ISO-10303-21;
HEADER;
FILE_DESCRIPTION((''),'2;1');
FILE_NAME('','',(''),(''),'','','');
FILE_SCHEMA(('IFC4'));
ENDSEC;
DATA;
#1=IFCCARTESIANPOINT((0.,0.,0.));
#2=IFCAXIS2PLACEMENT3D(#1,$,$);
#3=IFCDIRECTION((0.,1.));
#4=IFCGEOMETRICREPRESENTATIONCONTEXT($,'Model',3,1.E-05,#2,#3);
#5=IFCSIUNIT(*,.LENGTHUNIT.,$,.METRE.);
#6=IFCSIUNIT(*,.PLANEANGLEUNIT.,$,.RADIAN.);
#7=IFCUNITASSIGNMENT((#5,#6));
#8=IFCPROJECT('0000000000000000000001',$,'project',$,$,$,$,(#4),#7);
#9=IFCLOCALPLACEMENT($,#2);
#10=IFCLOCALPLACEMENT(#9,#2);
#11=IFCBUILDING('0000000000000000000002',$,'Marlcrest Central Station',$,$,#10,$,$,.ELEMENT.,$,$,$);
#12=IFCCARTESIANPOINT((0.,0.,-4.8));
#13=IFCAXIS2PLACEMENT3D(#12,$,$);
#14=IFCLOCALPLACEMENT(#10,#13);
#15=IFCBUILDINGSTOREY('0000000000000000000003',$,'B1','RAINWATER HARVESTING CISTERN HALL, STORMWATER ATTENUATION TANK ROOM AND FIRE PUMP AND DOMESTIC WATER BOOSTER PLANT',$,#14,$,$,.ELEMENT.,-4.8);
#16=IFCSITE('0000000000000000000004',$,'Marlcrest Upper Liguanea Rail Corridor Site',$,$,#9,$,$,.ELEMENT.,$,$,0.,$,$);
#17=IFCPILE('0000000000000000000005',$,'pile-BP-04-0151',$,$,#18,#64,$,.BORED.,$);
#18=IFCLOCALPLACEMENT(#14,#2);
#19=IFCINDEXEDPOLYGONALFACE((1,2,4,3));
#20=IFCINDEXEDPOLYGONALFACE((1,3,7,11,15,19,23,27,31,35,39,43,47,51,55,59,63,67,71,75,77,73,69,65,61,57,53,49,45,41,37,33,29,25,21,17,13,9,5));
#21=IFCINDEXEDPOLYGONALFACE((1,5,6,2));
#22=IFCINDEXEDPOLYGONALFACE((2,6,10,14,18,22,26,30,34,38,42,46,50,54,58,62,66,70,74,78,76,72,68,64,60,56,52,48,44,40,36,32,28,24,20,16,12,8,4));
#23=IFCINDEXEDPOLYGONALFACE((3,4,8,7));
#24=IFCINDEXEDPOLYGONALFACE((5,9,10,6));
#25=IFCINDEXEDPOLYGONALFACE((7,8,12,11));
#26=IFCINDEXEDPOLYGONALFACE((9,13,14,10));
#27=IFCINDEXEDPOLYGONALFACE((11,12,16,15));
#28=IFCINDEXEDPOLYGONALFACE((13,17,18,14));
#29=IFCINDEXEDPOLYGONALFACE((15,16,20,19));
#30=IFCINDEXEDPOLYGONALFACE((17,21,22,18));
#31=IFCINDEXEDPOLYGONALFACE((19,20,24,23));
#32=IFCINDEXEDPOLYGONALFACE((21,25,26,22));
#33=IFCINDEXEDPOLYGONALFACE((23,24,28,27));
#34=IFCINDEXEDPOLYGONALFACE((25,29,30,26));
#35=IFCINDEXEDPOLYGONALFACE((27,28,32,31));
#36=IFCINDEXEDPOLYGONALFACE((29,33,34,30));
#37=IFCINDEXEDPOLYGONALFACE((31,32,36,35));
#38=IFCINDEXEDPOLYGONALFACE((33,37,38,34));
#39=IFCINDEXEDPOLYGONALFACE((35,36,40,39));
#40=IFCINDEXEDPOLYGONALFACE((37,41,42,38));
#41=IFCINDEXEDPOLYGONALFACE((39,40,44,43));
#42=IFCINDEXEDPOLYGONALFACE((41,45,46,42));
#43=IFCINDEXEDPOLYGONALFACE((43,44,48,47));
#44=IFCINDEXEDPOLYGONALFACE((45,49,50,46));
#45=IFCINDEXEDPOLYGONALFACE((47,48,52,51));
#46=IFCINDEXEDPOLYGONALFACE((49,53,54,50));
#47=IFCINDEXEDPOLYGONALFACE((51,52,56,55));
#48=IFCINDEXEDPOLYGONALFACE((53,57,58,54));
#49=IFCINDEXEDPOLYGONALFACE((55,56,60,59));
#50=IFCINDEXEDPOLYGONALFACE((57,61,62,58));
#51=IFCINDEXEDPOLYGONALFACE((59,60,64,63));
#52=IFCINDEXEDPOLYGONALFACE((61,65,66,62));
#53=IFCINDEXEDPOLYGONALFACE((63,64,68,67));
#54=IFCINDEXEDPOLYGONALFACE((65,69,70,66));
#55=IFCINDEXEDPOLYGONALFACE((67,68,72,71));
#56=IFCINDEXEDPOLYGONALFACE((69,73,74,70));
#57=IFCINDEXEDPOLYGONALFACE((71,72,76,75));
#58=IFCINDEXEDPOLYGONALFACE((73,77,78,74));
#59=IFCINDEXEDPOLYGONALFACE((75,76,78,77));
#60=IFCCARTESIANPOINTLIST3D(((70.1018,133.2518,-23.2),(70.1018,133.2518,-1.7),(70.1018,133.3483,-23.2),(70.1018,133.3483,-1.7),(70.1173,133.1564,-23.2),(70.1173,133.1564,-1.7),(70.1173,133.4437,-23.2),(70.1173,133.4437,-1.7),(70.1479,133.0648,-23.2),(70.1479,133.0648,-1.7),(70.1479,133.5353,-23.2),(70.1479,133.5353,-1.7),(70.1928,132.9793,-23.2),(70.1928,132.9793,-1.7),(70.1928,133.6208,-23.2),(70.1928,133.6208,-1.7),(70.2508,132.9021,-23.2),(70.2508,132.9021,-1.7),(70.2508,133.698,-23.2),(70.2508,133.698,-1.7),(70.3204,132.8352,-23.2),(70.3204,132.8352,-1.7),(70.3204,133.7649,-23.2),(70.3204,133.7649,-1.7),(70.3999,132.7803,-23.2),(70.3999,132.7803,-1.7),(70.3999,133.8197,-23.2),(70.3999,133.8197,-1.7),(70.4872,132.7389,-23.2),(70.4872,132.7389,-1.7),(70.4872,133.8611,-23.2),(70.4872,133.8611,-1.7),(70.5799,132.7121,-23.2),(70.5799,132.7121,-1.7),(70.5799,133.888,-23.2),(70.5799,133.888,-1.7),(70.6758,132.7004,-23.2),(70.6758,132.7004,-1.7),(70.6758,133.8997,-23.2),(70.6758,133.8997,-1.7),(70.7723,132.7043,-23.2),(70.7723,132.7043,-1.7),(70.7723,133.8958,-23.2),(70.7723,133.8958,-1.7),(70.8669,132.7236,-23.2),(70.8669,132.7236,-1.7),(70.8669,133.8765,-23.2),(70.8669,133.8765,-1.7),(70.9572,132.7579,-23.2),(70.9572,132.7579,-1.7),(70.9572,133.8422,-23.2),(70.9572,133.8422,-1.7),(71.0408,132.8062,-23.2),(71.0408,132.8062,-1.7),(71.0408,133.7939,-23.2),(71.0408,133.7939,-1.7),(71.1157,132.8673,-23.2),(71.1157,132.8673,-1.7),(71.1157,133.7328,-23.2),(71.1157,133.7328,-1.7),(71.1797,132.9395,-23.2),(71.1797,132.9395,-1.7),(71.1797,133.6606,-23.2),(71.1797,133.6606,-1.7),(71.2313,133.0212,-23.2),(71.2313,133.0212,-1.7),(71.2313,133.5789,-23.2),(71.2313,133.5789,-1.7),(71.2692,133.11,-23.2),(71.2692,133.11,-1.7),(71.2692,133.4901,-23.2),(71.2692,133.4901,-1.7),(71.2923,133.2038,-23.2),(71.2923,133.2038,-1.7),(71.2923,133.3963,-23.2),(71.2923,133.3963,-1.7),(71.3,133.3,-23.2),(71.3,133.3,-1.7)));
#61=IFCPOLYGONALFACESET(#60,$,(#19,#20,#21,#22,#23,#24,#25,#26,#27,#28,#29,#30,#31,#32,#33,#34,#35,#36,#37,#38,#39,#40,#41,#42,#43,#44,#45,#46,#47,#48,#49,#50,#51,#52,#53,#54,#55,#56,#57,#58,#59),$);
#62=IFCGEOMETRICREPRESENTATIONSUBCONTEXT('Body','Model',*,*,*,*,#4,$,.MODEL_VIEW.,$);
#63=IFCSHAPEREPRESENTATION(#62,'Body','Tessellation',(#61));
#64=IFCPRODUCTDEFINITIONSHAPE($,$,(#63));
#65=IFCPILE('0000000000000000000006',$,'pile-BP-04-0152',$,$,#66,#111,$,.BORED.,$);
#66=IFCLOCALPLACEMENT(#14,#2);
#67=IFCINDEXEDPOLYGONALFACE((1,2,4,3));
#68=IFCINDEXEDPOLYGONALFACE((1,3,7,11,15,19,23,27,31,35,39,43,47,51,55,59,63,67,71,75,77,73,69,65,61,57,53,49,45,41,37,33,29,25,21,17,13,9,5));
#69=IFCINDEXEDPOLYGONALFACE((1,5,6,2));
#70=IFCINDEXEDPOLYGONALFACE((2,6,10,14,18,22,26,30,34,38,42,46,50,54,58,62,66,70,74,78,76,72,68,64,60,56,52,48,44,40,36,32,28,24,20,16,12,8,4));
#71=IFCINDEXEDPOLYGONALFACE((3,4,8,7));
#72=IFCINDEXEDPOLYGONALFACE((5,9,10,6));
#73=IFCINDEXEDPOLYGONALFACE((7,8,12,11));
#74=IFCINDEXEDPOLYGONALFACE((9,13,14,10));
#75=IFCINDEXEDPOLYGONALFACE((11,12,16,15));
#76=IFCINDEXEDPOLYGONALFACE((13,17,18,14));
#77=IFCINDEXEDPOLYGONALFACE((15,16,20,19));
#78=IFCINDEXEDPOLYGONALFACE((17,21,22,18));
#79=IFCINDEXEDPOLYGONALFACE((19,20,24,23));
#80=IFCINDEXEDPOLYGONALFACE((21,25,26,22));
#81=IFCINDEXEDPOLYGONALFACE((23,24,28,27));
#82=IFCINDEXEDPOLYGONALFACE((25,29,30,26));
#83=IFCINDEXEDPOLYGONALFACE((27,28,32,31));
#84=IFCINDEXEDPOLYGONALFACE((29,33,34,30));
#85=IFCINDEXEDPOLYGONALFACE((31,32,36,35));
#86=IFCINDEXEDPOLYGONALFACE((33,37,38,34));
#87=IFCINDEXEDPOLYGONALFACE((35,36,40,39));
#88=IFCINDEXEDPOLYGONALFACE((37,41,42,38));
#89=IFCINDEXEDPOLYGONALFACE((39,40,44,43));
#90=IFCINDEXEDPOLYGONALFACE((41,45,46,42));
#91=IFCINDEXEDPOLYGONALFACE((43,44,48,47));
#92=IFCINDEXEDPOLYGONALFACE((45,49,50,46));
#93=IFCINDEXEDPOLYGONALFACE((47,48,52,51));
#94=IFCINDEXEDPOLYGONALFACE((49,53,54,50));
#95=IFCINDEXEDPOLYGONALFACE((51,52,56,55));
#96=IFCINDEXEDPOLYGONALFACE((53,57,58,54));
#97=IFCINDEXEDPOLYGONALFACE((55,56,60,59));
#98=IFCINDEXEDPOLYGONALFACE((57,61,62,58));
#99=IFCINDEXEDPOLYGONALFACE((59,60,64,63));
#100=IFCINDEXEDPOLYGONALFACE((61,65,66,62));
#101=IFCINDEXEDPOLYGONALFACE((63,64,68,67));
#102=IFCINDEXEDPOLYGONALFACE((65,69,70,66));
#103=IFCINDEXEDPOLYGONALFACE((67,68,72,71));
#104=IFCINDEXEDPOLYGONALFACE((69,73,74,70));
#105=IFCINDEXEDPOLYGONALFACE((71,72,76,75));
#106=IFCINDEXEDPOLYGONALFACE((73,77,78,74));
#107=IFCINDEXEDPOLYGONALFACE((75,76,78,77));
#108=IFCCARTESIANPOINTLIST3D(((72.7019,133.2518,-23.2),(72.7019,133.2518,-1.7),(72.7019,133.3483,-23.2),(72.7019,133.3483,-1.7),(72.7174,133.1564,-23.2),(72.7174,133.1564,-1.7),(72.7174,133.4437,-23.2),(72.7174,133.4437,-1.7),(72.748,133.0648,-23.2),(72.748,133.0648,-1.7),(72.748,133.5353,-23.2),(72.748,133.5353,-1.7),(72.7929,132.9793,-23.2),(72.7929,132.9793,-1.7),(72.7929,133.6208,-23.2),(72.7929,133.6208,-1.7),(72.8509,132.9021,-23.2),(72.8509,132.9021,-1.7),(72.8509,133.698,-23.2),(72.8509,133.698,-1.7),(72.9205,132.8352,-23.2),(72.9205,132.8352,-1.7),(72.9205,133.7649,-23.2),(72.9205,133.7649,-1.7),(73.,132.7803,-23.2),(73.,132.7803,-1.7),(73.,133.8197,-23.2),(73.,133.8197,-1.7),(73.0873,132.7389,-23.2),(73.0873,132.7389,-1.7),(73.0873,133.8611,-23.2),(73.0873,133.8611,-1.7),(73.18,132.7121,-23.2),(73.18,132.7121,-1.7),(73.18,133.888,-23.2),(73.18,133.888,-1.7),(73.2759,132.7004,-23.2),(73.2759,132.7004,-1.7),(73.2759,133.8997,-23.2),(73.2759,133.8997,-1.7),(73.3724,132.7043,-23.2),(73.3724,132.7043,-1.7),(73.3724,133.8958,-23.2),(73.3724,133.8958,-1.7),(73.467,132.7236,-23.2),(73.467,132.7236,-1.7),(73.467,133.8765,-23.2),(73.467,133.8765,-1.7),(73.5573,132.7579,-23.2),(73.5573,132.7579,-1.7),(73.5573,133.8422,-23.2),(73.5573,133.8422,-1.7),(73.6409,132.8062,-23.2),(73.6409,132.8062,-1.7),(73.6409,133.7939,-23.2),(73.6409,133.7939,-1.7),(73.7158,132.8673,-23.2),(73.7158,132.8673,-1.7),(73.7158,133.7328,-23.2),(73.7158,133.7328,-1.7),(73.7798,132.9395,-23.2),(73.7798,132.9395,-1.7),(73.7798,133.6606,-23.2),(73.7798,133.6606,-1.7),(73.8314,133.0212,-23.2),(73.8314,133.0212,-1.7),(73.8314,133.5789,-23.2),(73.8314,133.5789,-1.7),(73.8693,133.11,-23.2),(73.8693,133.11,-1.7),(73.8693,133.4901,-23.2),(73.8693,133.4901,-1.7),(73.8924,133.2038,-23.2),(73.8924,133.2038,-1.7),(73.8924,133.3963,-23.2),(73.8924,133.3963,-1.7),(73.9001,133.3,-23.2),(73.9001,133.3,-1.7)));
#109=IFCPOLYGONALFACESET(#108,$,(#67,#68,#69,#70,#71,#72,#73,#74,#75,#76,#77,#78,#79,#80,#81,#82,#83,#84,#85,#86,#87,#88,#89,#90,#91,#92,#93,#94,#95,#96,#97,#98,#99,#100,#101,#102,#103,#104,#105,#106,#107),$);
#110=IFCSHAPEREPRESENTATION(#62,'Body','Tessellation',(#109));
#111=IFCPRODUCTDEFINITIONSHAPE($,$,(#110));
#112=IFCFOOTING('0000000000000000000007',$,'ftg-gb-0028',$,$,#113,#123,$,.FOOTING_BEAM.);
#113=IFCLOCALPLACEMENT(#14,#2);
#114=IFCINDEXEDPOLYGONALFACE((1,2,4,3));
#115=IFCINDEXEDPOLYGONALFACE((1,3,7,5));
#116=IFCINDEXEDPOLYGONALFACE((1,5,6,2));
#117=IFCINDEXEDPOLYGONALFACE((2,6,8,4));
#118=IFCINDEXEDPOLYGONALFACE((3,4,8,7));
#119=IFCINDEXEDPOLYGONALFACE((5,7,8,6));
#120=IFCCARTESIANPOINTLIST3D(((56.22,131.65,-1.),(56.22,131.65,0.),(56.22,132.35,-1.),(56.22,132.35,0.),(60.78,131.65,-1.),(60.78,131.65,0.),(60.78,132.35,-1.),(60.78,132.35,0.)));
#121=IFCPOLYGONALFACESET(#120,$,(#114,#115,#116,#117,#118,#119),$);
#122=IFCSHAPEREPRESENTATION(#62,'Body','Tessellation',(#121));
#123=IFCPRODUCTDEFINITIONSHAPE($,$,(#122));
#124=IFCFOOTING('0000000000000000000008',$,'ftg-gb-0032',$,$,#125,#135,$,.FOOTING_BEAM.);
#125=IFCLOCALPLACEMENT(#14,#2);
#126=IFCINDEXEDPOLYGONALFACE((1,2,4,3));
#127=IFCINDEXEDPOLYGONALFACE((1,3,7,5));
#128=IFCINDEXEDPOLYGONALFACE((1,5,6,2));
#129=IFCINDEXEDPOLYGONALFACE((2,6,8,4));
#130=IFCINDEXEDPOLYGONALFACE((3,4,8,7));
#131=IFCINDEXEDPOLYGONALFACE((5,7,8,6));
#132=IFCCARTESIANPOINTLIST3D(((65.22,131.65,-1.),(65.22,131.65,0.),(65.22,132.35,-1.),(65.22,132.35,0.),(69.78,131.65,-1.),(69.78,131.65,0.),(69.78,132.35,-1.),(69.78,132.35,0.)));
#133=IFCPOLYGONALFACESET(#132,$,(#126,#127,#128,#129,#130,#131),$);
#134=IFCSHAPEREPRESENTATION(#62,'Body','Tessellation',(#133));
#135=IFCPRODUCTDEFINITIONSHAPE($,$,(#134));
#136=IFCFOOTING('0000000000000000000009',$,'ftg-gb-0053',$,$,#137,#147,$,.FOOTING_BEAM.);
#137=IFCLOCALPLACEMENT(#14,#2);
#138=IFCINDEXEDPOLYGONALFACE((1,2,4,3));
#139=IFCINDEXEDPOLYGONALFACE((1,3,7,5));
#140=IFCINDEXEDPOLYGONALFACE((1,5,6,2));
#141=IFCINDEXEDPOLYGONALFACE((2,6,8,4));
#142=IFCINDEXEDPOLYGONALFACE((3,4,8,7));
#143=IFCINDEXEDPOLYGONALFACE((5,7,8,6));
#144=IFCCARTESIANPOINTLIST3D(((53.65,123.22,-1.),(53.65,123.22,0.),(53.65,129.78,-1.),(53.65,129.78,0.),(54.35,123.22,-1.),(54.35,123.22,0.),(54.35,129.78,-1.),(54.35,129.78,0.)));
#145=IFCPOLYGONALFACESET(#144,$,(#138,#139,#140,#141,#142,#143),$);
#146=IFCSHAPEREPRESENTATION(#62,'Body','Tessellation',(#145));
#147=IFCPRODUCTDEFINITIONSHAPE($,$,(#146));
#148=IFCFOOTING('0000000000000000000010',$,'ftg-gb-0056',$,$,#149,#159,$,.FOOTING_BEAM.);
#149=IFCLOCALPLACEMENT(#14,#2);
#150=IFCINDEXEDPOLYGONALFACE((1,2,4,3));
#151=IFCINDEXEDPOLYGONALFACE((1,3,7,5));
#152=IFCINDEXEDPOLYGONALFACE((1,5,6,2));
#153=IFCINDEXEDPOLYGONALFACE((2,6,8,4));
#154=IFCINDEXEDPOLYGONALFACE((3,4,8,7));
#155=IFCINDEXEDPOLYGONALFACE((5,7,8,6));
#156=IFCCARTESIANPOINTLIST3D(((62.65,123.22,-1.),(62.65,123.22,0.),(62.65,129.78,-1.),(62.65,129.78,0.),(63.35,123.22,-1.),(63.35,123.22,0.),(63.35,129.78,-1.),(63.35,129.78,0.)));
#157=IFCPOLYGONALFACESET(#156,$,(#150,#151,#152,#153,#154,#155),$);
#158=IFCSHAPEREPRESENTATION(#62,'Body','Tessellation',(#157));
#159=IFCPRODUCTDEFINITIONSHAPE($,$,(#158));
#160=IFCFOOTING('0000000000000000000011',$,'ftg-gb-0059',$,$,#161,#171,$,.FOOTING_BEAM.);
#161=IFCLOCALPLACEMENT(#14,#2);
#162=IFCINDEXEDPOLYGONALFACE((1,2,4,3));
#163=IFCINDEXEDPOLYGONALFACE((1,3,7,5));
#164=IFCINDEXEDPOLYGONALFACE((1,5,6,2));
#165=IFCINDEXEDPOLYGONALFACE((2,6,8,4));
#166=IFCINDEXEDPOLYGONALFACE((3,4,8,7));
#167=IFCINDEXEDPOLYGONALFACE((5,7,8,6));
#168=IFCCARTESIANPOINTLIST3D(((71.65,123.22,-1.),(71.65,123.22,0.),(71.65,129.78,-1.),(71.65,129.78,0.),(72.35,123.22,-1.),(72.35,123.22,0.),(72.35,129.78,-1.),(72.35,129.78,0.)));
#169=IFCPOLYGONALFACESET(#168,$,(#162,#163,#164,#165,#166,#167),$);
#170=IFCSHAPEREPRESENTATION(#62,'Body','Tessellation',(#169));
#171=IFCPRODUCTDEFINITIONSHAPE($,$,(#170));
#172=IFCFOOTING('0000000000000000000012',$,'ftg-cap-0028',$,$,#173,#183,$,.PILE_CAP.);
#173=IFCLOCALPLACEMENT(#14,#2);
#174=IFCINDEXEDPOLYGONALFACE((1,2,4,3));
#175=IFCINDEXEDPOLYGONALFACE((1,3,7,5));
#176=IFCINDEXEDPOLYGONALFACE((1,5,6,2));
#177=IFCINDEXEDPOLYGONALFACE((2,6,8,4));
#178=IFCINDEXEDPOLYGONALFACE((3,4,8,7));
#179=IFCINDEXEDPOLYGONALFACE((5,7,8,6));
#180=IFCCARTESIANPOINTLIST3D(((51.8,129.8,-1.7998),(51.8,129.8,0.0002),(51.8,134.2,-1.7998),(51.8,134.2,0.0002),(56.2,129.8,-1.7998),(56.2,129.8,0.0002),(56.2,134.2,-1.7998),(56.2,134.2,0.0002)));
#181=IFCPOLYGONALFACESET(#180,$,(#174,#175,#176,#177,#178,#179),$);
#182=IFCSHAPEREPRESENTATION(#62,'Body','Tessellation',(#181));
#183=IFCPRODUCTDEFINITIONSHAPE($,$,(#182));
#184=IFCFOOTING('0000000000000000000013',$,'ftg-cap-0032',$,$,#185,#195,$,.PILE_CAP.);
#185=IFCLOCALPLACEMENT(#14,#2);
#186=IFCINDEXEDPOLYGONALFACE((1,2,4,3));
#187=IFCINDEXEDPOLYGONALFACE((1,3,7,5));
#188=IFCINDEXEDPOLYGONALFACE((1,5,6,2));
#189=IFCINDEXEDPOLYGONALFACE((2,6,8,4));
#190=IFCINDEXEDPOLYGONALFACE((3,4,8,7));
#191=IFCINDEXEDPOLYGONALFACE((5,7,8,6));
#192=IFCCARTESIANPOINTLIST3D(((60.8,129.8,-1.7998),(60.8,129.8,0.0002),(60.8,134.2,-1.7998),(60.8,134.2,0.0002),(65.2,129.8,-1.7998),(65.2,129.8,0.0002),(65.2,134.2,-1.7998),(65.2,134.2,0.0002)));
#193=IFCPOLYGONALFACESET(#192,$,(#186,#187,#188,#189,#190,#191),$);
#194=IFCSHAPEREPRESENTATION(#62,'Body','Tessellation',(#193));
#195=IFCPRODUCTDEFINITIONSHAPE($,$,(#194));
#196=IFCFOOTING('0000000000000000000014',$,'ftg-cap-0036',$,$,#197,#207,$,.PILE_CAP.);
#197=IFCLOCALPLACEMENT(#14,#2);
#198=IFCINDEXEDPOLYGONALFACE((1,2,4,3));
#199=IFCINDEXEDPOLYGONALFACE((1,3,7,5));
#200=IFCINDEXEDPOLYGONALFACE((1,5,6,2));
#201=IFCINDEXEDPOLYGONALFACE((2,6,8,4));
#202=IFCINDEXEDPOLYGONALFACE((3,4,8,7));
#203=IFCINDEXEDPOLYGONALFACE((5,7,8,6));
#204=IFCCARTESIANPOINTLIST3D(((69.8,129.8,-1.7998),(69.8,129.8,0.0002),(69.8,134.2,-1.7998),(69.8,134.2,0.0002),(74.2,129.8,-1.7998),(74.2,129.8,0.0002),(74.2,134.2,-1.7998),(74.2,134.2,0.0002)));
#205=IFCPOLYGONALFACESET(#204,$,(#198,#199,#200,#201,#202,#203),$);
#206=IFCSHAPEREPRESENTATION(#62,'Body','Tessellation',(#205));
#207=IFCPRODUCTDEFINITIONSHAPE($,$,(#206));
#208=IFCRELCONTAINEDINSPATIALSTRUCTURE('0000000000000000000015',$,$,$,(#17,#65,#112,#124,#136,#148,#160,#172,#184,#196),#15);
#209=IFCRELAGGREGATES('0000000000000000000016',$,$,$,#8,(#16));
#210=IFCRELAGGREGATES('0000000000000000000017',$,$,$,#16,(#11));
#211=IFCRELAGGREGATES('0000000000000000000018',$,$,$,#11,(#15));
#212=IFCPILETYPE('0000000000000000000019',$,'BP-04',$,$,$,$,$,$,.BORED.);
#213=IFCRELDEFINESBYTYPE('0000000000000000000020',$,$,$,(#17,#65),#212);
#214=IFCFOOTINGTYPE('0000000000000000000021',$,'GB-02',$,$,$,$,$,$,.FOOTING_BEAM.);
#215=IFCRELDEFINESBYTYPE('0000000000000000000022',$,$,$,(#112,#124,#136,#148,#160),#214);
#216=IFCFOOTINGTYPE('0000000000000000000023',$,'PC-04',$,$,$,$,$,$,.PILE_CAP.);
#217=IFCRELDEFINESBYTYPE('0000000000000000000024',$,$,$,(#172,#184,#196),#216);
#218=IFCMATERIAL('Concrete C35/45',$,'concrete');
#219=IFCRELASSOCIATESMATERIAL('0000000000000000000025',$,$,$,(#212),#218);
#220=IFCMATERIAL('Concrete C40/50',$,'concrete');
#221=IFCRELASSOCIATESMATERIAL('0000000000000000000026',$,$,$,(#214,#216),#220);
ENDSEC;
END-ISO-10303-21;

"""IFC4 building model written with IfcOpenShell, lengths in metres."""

from ifc_helpers import new_model, si_unit, direction, frame, origin, origin_2d, place, context, subcontext, project, spatial, rectangle, circle, extrude, material, material_profile, profile_set, type_object, element, save


model = new_model("IFC4")

# Units and contexts
model_context = context("Model", 3, precision=1e-05, world=origin(), true_north=direction((0.0, 1.0)))
body_context = subcontext(model_context, "Body", "Model", "MODEL_VIEW")
ifc_project = project(units=[si_unit("LENGTHUNIT", "METRE"), si_unit("PLANEANGLEUNIT", "RADIAN")], contexts=[model_context])

# Site, building, storey
site_placement = place(None, origin())
site = spatial("IfcSite", under=ifc_project, at=site_placement, Name="Marlcrest Upper Liguanea Rail Corridor Site", CompositionType="ELEMENT", RefElevation=0.0)
building_placement = place(site_placement, origin())
building = spatial("IfcBuilding", under=site, at=building_placement, Name="Marlcrest Central Station", CompositionType="ELEMENT")
storey_placement = place(building_placement, frame((0.0, 0.0, -4.8)))
storey = spatial("IfcBuildingStorey", under=building, at=storey_placement, Name="B1", Description="RAINWATER HARVESTING CISTERN HALL, STORMWATER ATTENUATION TANK ROOM AND FIRE PUMP AND DOMESTIC WATER BOOSTER PLANT", CompositionType="ELEMENT", Elevation=-4.8)

# Piles
ifc_material_1 = material(Name="Concrete C35/45", Category="concrete")
ifc_material_profile_1 = material_profile(ifc_material_1, circle(Radius=0.6001, at=origin_2d()), Name="PILE D1200")
ifc_profile_set_1 = profile_set([ifc_material_profile_1], Name="Concrete C35/45")
pile_type = type_object("IfcPileType", Name="BP-04", PredefinedType="BORED", material=ifc_profile_set_1)
for number, where, z_axis, x_axis, name in (
    (1, (70.7, 133.3, -1.7), (0.0, 0.0, -1.0), (1.0, 0.0, 0.0), "pile-BP-04-0151"),
    (2, (73.3, 133.3, -1.7), (0.0, 0.0, -1.0), (1.0, 0.0, 0.0), "pile-BP-04-0152"),
):
    element("IfcPile", number, at=place(storey_placement, frame(where, z_axis=z_axis, x_axis=x_axis)), inside=storey, type_object=pile_type, Name=name, PredefinedType="BORED", context=body_context, shape_type="SweptSolid", body=[
        extrude(circle(Radius=0.6001, at=origin_2d()), origin(), (0.0, 0.0, 1.0), 21.5),
    ])

# Footings
ifc_material_2 = material(Name="Concrete C40/50", Category="concrete")
footing_type_1 = type_object("IfcFootingType", Name="GB-02", PredefinedType="FOOTING_BEAM", material=ifc_material_2)
for number, where, z_axis, x_axis, name in (
    (3, (58.5, 132.0, -1.0), (0.0, 0.0, 1.0), (1.0, 0.0, 0.0), "ftg-gb-0028"),
    (4, (67.5, 132.0, -1.0), (0.0, 0.0, 1.0), (1.0, 0.0, 0.0), "ftg-gb-0032"),
):
    element("IfcFooting", number, at=place(storey_placement, frame(where, z_axis=z_axis, x_axis=x_axis)), inside=storey, type_object=footing_type_1, Name=name, PredefinedType="FOOTING_BEAM", context=body_context, shape_type="SweptSolid", body=[
        extrude(rectangle(XDim=4.5601, YDim=0.7, at=origin_2d()), origin(), (0.0, 0.0, 1.0), 1.0),
    ])
for number, where, z_axis, x_axis, name in (
    (5, (54.0, 126.5, -1.0), (0.0, 0.0, 1.0), (1.0, 0.0, 0.0), "ftg-gb-0053"),
    (6, (63.0, 126.5, -1.0), (0.0, 0.0, 1.0), (1.0, 0.0, 0.0), "ftg-gb-0056"),
    (7, (72.0, 126.5, -1.0), (0.0, 0.0, 1.0), (1.0, 0.0, 0.0), "ftg-gb-0059"),
):
    element("IfcFooting", number, at=place(storey_placement, frame(where, z_axis=z_axis, x_axis=x_axis)), inside=storey, type_object=footing_type_1, Name=name, PredefinedType="FOOTING_BEAM", context=body_context, shape_type="SweptSolid", body=[
        extrude(rectangle(XDim=0.7, YDim=6.5601, at=origin_2d()), origin(), (0.0, 0.0, 1.0), 1.0),
    ])
footing_type_2 = type_object("IfcFootingType", Name="PC-04", PredefinedType="PILE_CAP", material=ifc_material_2)
for number, where, z_axis, x_axis, name in (
    (8, (54.0, 132.0, -1.7998), (0.0, 0.0, 1.0), (1.0, 0.0, 0.0), "ftg-cap-0028"),
    (9, (63.0, 132.0, -1.7998), (0.0, 0.0, 1.0), (1.0, 0.0, 0.0), "ftg-cap-0032"),
    (10, (72.0, 132.0, -1.7998), (0.0, 0.0, 1.0), (1.0, 0.0, 0.0), "ftg-cap-0036"),
):
    element("IfcFooting", number, at=place(storey_placement, frame(where, z_axis=z_axis, x_axis=x_axis)), inside=storey, type_object=footing_type_2, Name=name, PredefinedType="PILE_CAP", context=body_context, shape_type="SweptSolid", body=[
        extrude(rectangle(XDim=4.3999, YDim=4.3999, at=origin_2d()), origin(), (0.0, 0.0, 1.0), 1.8),
    ])

save(model, "model.ifc")
